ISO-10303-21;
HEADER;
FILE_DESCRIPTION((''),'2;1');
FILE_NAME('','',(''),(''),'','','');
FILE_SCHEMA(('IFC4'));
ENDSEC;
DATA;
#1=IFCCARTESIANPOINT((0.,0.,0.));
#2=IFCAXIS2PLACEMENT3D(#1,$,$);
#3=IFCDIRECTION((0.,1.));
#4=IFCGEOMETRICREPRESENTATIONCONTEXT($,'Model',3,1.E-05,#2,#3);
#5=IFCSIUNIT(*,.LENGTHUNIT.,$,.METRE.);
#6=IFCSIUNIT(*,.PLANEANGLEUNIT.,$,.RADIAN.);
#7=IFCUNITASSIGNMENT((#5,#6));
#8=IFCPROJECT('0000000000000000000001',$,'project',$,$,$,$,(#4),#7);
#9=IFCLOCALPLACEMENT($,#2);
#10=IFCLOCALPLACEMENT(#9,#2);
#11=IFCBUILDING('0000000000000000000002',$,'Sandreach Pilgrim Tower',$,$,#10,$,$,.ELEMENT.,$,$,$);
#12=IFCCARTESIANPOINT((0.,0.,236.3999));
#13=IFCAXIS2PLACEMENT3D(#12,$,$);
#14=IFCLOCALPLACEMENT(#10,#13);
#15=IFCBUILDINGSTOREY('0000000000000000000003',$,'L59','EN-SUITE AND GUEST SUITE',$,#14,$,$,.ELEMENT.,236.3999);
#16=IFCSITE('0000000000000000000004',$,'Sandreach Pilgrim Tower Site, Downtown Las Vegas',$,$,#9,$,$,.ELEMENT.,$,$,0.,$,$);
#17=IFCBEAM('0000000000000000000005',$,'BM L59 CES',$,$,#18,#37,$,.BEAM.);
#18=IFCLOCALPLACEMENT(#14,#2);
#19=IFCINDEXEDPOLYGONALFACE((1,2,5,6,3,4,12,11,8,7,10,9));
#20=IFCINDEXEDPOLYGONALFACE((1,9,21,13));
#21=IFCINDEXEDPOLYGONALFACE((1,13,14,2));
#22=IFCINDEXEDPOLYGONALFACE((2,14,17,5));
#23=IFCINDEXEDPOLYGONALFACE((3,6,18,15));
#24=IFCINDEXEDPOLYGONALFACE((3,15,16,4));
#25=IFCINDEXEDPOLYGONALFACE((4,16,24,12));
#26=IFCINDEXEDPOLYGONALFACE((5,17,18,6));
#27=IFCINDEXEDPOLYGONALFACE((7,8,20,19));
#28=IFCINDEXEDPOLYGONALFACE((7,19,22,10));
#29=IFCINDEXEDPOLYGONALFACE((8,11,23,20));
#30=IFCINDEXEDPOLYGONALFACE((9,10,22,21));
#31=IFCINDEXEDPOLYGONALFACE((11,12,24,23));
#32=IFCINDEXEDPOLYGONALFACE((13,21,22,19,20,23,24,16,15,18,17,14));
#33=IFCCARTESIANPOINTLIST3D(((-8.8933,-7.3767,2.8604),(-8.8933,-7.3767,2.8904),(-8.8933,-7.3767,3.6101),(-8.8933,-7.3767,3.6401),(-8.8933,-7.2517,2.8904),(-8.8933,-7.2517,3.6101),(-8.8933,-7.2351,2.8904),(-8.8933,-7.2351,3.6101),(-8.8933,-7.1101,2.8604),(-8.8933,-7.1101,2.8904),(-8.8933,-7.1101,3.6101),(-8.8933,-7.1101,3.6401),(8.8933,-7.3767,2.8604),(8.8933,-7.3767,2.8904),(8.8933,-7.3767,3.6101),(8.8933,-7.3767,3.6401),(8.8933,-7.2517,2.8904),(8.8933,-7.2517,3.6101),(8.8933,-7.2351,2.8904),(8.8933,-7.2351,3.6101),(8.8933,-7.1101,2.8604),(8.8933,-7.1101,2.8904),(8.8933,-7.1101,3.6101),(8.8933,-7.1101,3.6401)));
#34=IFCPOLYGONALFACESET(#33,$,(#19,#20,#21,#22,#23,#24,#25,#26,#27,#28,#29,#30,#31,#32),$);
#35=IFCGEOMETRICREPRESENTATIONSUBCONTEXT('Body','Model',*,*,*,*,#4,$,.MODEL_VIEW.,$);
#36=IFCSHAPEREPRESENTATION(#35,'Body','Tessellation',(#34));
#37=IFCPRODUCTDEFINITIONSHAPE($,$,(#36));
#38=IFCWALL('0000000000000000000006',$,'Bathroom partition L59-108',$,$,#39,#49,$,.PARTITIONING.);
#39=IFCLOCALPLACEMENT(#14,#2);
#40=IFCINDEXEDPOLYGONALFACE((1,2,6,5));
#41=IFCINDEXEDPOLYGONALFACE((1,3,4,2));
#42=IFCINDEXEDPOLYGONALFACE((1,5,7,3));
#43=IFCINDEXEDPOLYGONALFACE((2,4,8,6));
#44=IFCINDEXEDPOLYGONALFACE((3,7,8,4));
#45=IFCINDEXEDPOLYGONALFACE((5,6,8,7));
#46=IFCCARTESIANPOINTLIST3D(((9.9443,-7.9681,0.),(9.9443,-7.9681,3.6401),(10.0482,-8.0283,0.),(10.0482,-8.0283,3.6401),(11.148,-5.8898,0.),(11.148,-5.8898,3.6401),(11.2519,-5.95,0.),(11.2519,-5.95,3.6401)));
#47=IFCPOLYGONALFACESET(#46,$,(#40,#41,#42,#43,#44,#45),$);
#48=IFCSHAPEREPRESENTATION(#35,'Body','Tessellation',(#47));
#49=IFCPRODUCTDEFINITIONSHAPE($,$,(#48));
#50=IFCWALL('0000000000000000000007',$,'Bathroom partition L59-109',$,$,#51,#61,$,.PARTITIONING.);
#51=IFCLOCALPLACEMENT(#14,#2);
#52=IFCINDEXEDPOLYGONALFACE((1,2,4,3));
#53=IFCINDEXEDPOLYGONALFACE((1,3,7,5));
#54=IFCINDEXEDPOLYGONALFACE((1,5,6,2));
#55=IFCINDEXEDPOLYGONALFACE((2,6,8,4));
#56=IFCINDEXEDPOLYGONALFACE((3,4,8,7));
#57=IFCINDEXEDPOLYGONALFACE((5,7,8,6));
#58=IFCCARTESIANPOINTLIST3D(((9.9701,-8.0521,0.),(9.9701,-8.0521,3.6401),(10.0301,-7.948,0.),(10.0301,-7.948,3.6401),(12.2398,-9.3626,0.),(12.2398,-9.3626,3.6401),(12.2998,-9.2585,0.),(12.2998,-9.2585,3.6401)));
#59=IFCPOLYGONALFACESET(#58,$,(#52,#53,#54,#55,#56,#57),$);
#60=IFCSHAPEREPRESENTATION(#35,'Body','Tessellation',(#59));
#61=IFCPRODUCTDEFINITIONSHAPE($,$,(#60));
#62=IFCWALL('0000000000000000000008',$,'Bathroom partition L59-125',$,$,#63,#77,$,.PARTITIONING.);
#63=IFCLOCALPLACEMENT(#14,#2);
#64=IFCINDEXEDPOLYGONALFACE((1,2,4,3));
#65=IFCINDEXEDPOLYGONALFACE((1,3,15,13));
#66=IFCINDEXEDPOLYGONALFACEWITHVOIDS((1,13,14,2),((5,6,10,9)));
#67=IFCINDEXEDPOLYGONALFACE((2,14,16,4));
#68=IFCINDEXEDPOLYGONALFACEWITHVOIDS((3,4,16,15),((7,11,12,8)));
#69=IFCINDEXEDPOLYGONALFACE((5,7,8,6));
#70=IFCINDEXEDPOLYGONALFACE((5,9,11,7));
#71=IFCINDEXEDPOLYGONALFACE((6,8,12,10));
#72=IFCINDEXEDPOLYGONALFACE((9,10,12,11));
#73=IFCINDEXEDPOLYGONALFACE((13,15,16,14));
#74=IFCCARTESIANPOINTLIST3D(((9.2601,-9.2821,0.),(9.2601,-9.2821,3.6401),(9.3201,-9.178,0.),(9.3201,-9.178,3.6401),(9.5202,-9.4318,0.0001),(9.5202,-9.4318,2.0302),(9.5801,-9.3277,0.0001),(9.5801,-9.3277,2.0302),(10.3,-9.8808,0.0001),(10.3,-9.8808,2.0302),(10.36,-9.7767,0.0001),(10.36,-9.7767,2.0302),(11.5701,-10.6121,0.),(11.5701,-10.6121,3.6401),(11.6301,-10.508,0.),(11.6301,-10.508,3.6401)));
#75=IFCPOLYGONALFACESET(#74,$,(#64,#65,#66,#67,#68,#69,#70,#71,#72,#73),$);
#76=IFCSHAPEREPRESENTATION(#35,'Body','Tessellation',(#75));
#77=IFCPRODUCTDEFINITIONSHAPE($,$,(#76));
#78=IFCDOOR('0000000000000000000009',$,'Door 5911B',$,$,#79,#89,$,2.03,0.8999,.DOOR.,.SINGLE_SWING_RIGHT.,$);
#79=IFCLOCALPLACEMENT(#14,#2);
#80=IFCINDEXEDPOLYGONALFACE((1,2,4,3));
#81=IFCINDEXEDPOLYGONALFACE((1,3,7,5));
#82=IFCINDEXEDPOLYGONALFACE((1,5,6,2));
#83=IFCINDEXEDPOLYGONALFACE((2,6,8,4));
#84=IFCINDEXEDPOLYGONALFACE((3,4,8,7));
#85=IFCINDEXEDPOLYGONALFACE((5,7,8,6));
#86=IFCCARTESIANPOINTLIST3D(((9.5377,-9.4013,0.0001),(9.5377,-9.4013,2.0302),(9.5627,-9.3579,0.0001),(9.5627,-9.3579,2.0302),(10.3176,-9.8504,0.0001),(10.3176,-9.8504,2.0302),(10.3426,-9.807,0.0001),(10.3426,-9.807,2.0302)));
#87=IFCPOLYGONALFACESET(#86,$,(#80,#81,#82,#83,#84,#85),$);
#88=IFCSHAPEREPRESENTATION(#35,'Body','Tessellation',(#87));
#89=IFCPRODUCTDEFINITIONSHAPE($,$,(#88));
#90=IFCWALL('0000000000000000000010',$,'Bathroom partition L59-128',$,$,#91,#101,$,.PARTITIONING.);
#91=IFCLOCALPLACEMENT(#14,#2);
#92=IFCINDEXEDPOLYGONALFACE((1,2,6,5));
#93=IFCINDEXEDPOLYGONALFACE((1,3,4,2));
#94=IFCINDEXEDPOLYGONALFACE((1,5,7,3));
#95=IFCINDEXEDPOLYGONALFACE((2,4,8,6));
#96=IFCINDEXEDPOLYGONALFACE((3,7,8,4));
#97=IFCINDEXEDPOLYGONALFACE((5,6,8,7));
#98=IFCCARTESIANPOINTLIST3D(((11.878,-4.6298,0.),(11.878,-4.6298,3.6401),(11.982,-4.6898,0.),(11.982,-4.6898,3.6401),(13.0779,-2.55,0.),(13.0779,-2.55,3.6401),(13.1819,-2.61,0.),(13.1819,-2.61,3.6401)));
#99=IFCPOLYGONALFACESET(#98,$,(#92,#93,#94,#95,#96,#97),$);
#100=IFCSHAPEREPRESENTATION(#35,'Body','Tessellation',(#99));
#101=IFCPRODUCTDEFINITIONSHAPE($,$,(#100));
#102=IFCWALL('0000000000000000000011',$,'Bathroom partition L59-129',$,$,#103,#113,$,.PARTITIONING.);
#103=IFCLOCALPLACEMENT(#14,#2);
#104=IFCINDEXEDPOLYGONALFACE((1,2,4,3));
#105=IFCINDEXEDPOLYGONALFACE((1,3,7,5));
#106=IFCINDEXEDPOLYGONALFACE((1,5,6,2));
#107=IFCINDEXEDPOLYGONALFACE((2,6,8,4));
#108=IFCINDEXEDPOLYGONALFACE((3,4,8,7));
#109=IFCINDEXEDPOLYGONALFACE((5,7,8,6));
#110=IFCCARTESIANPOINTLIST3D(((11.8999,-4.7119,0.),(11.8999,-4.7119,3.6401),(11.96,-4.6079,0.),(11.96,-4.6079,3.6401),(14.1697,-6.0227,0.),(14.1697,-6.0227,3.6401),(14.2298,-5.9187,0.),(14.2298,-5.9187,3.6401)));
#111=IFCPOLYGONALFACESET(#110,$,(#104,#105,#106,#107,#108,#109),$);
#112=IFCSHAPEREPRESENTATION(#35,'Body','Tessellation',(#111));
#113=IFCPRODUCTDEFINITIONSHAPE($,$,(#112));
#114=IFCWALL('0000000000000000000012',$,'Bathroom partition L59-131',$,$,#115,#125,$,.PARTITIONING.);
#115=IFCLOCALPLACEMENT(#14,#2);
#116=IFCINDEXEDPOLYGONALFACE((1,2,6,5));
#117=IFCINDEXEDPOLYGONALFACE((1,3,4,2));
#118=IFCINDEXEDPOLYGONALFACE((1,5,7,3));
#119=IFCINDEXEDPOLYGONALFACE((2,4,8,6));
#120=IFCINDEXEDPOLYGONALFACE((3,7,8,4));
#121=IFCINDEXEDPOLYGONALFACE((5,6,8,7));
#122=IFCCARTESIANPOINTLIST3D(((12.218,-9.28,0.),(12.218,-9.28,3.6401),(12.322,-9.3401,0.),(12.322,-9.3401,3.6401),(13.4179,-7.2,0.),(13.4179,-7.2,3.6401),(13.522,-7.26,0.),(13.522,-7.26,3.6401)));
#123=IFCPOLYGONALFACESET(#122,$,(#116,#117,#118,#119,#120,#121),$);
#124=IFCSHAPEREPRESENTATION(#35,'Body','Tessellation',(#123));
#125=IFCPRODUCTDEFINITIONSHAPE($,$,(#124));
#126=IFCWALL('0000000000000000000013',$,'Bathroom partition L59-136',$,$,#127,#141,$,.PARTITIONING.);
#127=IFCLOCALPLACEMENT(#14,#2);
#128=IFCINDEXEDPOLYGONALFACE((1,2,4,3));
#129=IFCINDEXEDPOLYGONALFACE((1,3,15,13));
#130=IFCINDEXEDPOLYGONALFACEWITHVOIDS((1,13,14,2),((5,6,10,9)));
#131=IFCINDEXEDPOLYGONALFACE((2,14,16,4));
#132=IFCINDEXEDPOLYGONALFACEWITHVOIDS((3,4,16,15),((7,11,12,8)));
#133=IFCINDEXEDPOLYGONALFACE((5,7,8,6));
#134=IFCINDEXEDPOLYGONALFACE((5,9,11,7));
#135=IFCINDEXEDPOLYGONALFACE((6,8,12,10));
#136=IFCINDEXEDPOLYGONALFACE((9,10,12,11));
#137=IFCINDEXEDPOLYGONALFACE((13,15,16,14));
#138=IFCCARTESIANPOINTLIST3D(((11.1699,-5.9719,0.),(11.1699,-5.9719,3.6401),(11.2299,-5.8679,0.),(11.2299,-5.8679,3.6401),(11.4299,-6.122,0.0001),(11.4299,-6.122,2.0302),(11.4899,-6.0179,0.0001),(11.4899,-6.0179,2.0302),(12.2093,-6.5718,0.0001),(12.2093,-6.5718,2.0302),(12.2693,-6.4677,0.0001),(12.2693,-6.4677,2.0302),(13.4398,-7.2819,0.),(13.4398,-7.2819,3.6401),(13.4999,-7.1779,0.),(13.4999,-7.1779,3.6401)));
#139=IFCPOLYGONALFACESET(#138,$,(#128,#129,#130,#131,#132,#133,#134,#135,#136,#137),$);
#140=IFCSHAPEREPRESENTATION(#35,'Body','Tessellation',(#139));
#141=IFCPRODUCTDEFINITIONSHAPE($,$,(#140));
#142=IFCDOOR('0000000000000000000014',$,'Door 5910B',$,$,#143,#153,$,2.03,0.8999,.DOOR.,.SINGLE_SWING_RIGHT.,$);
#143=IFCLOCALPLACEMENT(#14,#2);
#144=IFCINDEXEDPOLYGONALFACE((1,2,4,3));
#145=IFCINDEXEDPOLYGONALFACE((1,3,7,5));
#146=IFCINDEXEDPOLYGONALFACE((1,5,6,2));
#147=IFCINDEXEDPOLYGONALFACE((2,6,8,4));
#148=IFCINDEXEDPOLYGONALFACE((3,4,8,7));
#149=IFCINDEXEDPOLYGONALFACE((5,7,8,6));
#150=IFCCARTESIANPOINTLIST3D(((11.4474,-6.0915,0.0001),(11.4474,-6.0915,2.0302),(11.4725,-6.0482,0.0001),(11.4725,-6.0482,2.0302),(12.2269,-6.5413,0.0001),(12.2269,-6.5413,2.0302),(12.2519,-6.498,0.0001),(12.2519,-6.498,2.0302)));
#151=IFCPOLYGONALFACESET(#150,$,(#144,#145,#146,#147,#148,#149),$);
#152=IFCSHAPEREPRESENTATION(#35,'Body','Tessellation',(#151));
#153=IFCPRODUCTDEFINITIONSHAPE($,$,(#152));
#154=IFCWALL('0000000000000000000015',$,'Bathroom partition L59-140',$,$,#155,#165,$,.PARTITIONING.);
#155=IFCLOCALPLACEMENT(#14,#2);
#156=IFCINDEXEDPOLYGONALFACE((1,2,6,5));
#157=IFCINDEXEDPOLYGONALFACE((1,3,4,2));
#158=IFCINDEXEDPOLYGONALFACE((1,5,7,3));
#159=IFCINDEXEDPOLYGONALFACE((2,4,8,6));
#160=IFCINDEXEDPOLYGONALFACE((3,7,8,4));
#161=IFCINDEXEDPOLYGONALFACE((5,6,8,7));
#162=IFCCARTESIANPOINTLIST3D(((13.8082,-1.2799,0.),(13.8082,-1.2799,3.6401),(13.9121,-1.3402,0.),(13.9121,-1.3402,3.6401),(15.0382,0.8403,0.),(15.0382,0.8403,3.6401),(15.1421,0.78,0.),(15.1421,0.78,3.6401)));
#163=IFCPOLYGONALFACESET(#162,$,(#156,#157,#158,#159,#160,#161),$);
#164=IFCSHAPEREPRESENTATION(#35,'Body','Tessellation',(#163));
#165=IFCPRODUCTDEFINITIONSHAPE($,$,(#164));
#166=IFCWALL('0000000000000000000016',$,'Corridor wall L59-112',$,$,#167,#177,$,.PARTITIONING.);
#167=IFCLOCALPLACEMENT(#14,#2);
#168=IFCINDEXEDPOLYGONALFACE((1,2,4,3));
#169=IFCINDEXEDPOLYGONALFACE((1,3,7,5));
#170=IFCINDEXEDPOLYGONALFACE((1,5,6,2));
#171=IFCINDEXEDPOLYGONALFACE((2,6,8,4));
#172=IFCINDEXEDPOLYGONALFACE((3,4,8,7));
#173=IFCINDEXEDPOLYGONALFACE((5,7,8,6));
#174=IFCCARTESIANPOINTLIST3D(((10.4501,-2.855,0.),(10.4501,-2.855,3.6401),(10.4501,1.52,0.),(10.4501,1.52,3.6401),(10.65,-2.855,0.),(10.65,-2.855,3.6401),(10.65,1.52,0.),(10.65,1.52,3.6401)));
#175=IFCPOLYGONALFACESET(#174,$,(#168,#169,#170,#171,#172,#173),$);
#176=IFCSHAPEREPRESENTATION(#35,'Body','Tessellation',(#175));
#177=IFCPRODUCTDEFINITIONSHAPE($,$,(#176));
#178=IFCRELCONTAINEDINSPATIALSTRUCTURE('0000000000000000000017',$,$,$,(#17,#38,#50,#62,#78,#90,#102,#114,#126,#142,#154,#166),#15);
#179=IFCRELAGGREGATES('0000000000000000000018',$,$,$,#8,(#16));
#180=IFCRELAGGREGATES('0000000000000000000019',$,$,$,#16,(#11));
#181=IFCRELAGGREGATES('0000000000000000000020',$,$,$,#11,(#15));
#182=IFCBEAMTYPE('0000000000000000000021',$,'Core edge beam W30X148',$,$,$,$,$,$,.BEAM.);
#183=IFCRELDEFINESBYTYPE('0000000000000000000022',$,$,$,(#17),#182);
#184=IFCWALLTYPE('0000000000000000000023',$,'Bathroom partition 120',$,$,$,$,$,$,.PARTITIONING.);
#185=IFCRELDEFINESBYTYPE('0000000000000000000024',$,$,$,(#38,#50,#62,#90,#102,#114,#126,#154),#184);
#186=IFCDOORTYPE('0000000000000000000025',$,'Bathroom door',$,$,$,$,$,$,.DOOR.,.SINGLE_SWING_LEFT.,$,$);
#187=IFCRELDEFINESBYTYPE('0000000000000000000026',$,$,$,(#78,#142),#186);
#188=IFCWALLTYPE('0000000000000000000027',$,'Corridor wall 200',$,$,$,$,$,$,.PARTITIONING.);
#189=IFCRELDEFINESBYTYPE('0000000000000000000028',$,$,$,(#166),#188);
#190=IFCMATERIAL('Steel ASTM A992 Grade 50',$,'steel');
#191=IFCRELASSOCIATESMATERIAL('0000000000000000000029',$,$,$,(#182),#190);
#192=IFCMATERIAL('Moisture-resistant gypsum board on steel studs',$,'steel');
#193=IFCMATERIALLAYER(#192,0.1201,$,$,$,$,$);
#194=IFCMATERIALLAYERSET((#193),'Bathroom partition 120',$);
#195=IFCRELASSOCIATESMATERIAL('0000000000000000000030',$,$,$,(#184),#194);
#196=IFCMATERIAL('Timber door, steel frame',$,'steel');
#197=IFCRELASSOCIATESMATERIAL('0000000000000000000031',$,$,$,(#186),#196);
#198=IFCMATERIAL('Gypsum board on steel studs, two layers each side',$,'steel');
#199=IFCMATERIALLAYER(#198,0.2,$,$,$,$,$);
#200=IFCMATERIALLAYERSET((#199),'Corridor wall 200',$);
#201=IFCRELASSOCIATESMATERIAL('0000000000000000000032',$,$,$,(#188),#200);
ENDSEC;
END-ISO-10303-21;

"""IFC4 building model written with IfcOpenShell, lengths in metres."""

from ifc_helpers import new_model, si_unit, direction, frame, frame_2d, origin, origin_2d, place, context, subcontext, project, spatial, rectangle, i_section, extrude, material, layer, layer_set, material_profile, profile_set, type_object, element, fill, save


model = new_model("IFC4")

# Units and contexts
model_context = context("Model", 3, precision=1e-05, world=origin(), true_north=direction((0.0, 1.0)))
body_context = subcontext(model_context, "Body", "Model", "MODEL_VIEW")
ifc_project = project(units=[si_unit("LENGTHUNIT", "METRE"), si_unit("PLANEANGLEUNIT", "RADIAN")], contexts=[model_context])

# Site, building, storey
site_placement = place(None, origin())
site = spatial("IfcSite", under=ifc_project, at=site_placement, Name="Sandreach Pilgrim Tower Site, Downtown Las Vegas", CompositionType="ELEMENT", RefElevation=0.0)
building_placement = place(site_placement, origin())
building = spatial("IfcBuilding", under=site, at=building_placement, Name="Sandreach Pilgrim Tower", CompositionType="ELEMENT")
storey_placement = place(building_placement, frame((0.0, 0.0, 236.3999)))
storey = spatial("IfcBuildingStorey", under=building, at=storey_placement, Name="L59", Description="EN-SUITE AND GUEST SUITE", CompositionType="ELEMENT", Elevation=236.3999)

# Beam
ifc_material_1 = material(Name="Steel ASTM A992 Grade 50", Category="steel")
ifc_material_profile = material_profile(ifc_material_1, i_section(OverallWidth=0.2666, OverallDepth=0.7798, WebThickness=0.0166, FlangeThickness=0.03, at=origin_2d()), Name="W30X148")
ifc_profile_set = profile_set([ifc_material_profile], Name="Steel ASTM A992 Grade 50")
beam_type = type_object("IfcBeamType", Name="Core edge beam W30X148", PredefinedType="BEAM", material=ifc_profile_set)
beam_placement = place(storey_placement, frame((8.8933, -7.2434, 3.2502), z_axis=(-1.0, 0.0, 0.0), x_axis=(0.0, -1.0, 0.0)))
element("IfcBeam", 1, at=beam_placement, inside=storey, type_object=beam_type, Name="BM L59 CES", PredefinedType="BEAM", context=body_context, shape_type="SweptSolid", body=[
    extrude(i_section(OverallWidth=0.2666, OverallDepth=0.7798, WebThickness=0.0166, FlangeThickness=0.03, at=origin_2d()), origin(), (0.0, 0.0, 1.0), 17.7866),
])

# Walls
ifc_material_2 = material(Name="Moisture-resistant gypsum board on steel studs", Category="steel")
ifc_layer_1 = layer(ifc_material_2, 0.1201)
ifc_layer_set_1 = layer_set([ifc_layer_1], Name="Bathroom partition 120")
wall_type_1 = type_object("IfcWallType", Name="Bathroom partition 120", PredefinedType="PARTITIONING", material=ifc_layer_set_1)
wall_1_placement = place(storey_placement, frame((9.9963, -7.998, 0.0), z_axis=(0.0, 0.0, 1.0), x_axis=(0.501189, 0.865338, 0.0)))
element("IfcWall", 2, at=wall_1_placement, inside=storey, type_object=wall_type_1, Name="Bathroom partition L59-108", PredefinedType="PARTITIONING", context=body_context, shape_type="SweptSolid", body=[
    extrude(rectangle(XDim=2.4016, YDim=0.1201, at=frame_2d((1.2007, 0.0))), origin(), (0.0, 0.0, 1.0), 3.6401),
])
wall_2_placement = place(storey_placement, frame((10.0, -8.0, 0.0), z_axis=(0.0, 0.0, 1.0), x_axis=(0.86601, -0.500026, 0.0)))
element("IfcWall", 3, at=wall_2_placement, inside=storey, type_object=wall_type_1, Name="Bathroom partition L59-109", PredefinedType="PARTITIONING", context=body_context, shape_type="SweptSolid", body=[
    extrude(rectangle(XDim=2.6208, YDim=0.1201, at=frame_2d((1.3105, 0.0))), origin(), (0.0, 0.0, 1.0), 3.6401),
])

# Wall, opening, door
wall_3_placement = place(storey_placement, frame((11.6001, -10.5601, 0.0), z_axis=(0.0, 0.0, 1.0), x_axis=(-0.866615, 0.498977, 0.0)))
wall_3 = element("IfcWall", 4, at=wall_3_placement, inside=storey, type_object=wall_type_1, Name="Bathroom partition L59-125", PredefinedType="PARTITIONING", context=body_context, shape_type="SweptSolid", body=[
    extrude(rectangle(XDim=2.6655, YDim=0.1201, at=frame_2d((1.3328, 0.0))), origin(), (0.0, 0.0, 1.0), 3.6401),
])
opening_1_placement = place(wall_3_placement, frame((1.4656, 0.0, 0.0)))
opening_1 = element("IfcOpeningElement", 5, at=opening_1_placement, cuts=wall_3, PredefinedType="OPENING", context=body_context, shape_type="SweptSolid", body=[
    extrude(rectangle(XDim=0.8999, YDim=2.03, at=frame_2d((0.45, 1.0151))), frame((0.0, 0.0601, 0.0), z_axis=(0.0, -1.0, 0.0), x_axis=(1.0, 0.0, 0.0)), (0.0, 0.0, 1.0), 0.1201),
])
ifc_material_3 = material(Name="Timber door, steel frame", Category="steel")
door_type_1 = type_object("IfcDoorType", Name="Bathroom door", OperationType="SINGLE_SWING_LEFT", PredefinedType="DOOR", material=ifc_material_3)
door_1_placement = place(opening_1_placement, origin())
door_1 = element("IfcDoor", 6, at=door_1_placement, inside=storey, type_object=door_type_1, Name="Door 5911B", OperationType="SINGLE_SWING_RIGHT", OverallHeight=2.03, OverallWidth=0.8999, PredefinedType="DOOR", context=body_context, shape_type="SweptSolid", body=[
    extrude(rectangle(XDim=0.8999, YDim=2.03, at=frame_2d((0.45, 1.0151))), frame((0.0, 0.0249, 0.0), z_axis=(0.0, -1.0, 0.0), x_axis=(1.0, 0.0, 0.0)), (0.0, 0.0, 1.0), 0.05),
])
fill(opening_1, door_1)

# Walls
wall_4_placement = place(storey_placement, frame((11.9299, -4.6599, 0.0), z_axis=(0.0, 0.0, 1.0), x_axis=(0.499737, 0.866177, 0.0)))
element("IfcWall", 7, at=wall_4_placement, inside=storey, type_object=wall_type_1, Name="Bathroom partition L59-128", PredefinedType="PARTITIONING", context=body_context, shape_type="SweptSolid", body=[
    extrude(rectangle(XDim=2.4011, YDim=0.1201, at=frame_2d((1.2007, 0.0))), origin(), (0.0, 0.0, 1.0), 3.6401),
])
wall_5_placement = place(storey_placement, frame((11.9299, -4.6599, 0.0), z_axis=(0.0, 0.0, 1.0), x_axis=(0.86597, -0.500096, 0.0)))
element("IfcWall", 8, at=wall_5_placement, inside=storey, type_object=wall_type_1, Name="Bathroom partition L59-129", PredefinedType="PARTITIONING", context=body_context, shape_type="SweptSolid", body=[
    extrude(rectangle(XDim=2.6211, YDim=0.1201, at=frame_2d((1.3105, 0.0))), origin(), (0.0, 0.0, 1.0), 3.6401),
])
wall_6_placement = place(storey_placement, frame((12.27, -9.3101, 0.0), z_axis=(0.0, 0.0, 1.0), x_axis=(0.499693, 0.866203, 0.0)))
element("IfcWall", 9, at=wall_6_placement, inside=storey, type_object=wall_type_1, Name="Bathroom partition L59-131", PredefinedType="PARTITIONING", context=body_context, shape_type="SweptSolid", body=[
    extrude(rectangle(XDim=2.4014, YDim=0.1201, at=frame_2d((1.2007, 0.0))), origin(), (0.0, 0.0, 1.0), 3.6401),
])

# Wall, opening, door
wall_7_placement = place(storey_placement, frame((13.47, -7.23, 0.0), z_axis=(0.0, 0.0, 1.0), x_axis=(-0.866114, 0.499846, 0.0)))
wall_7 = element("IfcWall", 10, at=wall_7_placement, inside=storey, type_object=wall_type_1, Name="Bathroom partition L59-136", PredefinedType="PARTITIONING", context=body_context, shape_type="SweptSolid", body=[
    extrude(rectangle(XDim=2.6208, YDim=0.1201, at=frame_2d((1.3105, 0.0))), origin(), (0.0, 0.0, 1.0), 3.6401),
])
opening_2_placement = place(wall_7_placement, frame((1.4209, 0.0, 0.0)))
opening_2 = element("IfcOpeningElement", 11, at=opening_2_placement, cuts=wall_7, PredefinedType="OPENING", context=body_context, shape_type="SweptSolid", body=[
    extrude(rectangle(XDim=0.8999, YDim=2.03, at=frame_2d((0.45, 1.0151))), frame((0.0, 0.0601, 0.0), z_axis=(0.0, -1.0, 0.0), x_axis=(1.0, 0.0, 0.0)), (0.0, 0.0, 1.0), 0.1201),
])
door_2_placement = place(opening_2_placement, origin())
door_2 = element("IfcDoor", 12, at=door_2_placement, inside=storey, type_object=door_type_1, Name="Door 5910B", OperationType="SINGLE_SWING_RIGHT", OverallHeight=2.03, OverallWidth=0.8999, PredefinedType="DOOR", context=body_context, shape_type="SweptSolid", body=[
    extrude(rectangle(XDim=0.8999, YDim=2.03, at=frame_2d((0.45, 1.0151))), frame((0.0, 0.0249, 0.0), z_axis=(0.0, -1.0, 0.0), x_axis=(1.0, 0.0, 0.0)), (0.0, 0.0, 1.0), 0.05),
])
fill(opening_2, door_2)

# Wall
wall_8_placement = place(storey_placement, frame((13.8601, -1.3101, 0.0), z_axis=(0.0, 0.0, 1.0), x_axis=(0.501813, 0.864976, 0.0)))
element("IfcWall", 13, at=wall_8_placement, inside=storey, type_object=wall_type_1, Name="Bathroom partition L59-140", PredefinedType="PARTITIONING", context=body_context, shape_type="SweptSolid", body=[
    extrude(rectangle(XDim=2.4512, YDim=0.1201, at=frame_2d((1.2256, 0.0))), origin(), (0.0, 0.0, 1.0), 3.6401),
])

# Shared definitions
ifc_material_4 = material(Name="Gypsum board on steel studs, two layers each side", Category="steel")
ifc_layer_2 = layer(ifc_material_4, 0.2)
ifc_layer_set_2 = layer_set([ifc_layer_2], Name="Corridor wall 200")
wall_type_2 = type_object("IfcWallType", Name="Corridor wall 200", PredefinedType="PARTITIONING", material=ifc_layer_set_2)

# Wall
wall_9_placement = place(storey_placement, frame((10.55, -2.855, 0.0), z_axis=(0.0, 0.0, 1.0), x_axis=(0.0, 1.0, 0.0)))
element("IfcWall", 14, at=wall_9_placement, inside=storey, type_object=wall_type_2, Name="Corridor wall L59-112", PredefinedType="PARTITIONING", context=body_context, shape_type="SweptSolid", body=[
    extrude(rectangle(XDim=4.375, YDim=0.2, at=frame_2d((2.1875, 0.0))), origin(), (0.0, 0.0, 1.0), 3.6401),
])

save(model, "model.ifc")
